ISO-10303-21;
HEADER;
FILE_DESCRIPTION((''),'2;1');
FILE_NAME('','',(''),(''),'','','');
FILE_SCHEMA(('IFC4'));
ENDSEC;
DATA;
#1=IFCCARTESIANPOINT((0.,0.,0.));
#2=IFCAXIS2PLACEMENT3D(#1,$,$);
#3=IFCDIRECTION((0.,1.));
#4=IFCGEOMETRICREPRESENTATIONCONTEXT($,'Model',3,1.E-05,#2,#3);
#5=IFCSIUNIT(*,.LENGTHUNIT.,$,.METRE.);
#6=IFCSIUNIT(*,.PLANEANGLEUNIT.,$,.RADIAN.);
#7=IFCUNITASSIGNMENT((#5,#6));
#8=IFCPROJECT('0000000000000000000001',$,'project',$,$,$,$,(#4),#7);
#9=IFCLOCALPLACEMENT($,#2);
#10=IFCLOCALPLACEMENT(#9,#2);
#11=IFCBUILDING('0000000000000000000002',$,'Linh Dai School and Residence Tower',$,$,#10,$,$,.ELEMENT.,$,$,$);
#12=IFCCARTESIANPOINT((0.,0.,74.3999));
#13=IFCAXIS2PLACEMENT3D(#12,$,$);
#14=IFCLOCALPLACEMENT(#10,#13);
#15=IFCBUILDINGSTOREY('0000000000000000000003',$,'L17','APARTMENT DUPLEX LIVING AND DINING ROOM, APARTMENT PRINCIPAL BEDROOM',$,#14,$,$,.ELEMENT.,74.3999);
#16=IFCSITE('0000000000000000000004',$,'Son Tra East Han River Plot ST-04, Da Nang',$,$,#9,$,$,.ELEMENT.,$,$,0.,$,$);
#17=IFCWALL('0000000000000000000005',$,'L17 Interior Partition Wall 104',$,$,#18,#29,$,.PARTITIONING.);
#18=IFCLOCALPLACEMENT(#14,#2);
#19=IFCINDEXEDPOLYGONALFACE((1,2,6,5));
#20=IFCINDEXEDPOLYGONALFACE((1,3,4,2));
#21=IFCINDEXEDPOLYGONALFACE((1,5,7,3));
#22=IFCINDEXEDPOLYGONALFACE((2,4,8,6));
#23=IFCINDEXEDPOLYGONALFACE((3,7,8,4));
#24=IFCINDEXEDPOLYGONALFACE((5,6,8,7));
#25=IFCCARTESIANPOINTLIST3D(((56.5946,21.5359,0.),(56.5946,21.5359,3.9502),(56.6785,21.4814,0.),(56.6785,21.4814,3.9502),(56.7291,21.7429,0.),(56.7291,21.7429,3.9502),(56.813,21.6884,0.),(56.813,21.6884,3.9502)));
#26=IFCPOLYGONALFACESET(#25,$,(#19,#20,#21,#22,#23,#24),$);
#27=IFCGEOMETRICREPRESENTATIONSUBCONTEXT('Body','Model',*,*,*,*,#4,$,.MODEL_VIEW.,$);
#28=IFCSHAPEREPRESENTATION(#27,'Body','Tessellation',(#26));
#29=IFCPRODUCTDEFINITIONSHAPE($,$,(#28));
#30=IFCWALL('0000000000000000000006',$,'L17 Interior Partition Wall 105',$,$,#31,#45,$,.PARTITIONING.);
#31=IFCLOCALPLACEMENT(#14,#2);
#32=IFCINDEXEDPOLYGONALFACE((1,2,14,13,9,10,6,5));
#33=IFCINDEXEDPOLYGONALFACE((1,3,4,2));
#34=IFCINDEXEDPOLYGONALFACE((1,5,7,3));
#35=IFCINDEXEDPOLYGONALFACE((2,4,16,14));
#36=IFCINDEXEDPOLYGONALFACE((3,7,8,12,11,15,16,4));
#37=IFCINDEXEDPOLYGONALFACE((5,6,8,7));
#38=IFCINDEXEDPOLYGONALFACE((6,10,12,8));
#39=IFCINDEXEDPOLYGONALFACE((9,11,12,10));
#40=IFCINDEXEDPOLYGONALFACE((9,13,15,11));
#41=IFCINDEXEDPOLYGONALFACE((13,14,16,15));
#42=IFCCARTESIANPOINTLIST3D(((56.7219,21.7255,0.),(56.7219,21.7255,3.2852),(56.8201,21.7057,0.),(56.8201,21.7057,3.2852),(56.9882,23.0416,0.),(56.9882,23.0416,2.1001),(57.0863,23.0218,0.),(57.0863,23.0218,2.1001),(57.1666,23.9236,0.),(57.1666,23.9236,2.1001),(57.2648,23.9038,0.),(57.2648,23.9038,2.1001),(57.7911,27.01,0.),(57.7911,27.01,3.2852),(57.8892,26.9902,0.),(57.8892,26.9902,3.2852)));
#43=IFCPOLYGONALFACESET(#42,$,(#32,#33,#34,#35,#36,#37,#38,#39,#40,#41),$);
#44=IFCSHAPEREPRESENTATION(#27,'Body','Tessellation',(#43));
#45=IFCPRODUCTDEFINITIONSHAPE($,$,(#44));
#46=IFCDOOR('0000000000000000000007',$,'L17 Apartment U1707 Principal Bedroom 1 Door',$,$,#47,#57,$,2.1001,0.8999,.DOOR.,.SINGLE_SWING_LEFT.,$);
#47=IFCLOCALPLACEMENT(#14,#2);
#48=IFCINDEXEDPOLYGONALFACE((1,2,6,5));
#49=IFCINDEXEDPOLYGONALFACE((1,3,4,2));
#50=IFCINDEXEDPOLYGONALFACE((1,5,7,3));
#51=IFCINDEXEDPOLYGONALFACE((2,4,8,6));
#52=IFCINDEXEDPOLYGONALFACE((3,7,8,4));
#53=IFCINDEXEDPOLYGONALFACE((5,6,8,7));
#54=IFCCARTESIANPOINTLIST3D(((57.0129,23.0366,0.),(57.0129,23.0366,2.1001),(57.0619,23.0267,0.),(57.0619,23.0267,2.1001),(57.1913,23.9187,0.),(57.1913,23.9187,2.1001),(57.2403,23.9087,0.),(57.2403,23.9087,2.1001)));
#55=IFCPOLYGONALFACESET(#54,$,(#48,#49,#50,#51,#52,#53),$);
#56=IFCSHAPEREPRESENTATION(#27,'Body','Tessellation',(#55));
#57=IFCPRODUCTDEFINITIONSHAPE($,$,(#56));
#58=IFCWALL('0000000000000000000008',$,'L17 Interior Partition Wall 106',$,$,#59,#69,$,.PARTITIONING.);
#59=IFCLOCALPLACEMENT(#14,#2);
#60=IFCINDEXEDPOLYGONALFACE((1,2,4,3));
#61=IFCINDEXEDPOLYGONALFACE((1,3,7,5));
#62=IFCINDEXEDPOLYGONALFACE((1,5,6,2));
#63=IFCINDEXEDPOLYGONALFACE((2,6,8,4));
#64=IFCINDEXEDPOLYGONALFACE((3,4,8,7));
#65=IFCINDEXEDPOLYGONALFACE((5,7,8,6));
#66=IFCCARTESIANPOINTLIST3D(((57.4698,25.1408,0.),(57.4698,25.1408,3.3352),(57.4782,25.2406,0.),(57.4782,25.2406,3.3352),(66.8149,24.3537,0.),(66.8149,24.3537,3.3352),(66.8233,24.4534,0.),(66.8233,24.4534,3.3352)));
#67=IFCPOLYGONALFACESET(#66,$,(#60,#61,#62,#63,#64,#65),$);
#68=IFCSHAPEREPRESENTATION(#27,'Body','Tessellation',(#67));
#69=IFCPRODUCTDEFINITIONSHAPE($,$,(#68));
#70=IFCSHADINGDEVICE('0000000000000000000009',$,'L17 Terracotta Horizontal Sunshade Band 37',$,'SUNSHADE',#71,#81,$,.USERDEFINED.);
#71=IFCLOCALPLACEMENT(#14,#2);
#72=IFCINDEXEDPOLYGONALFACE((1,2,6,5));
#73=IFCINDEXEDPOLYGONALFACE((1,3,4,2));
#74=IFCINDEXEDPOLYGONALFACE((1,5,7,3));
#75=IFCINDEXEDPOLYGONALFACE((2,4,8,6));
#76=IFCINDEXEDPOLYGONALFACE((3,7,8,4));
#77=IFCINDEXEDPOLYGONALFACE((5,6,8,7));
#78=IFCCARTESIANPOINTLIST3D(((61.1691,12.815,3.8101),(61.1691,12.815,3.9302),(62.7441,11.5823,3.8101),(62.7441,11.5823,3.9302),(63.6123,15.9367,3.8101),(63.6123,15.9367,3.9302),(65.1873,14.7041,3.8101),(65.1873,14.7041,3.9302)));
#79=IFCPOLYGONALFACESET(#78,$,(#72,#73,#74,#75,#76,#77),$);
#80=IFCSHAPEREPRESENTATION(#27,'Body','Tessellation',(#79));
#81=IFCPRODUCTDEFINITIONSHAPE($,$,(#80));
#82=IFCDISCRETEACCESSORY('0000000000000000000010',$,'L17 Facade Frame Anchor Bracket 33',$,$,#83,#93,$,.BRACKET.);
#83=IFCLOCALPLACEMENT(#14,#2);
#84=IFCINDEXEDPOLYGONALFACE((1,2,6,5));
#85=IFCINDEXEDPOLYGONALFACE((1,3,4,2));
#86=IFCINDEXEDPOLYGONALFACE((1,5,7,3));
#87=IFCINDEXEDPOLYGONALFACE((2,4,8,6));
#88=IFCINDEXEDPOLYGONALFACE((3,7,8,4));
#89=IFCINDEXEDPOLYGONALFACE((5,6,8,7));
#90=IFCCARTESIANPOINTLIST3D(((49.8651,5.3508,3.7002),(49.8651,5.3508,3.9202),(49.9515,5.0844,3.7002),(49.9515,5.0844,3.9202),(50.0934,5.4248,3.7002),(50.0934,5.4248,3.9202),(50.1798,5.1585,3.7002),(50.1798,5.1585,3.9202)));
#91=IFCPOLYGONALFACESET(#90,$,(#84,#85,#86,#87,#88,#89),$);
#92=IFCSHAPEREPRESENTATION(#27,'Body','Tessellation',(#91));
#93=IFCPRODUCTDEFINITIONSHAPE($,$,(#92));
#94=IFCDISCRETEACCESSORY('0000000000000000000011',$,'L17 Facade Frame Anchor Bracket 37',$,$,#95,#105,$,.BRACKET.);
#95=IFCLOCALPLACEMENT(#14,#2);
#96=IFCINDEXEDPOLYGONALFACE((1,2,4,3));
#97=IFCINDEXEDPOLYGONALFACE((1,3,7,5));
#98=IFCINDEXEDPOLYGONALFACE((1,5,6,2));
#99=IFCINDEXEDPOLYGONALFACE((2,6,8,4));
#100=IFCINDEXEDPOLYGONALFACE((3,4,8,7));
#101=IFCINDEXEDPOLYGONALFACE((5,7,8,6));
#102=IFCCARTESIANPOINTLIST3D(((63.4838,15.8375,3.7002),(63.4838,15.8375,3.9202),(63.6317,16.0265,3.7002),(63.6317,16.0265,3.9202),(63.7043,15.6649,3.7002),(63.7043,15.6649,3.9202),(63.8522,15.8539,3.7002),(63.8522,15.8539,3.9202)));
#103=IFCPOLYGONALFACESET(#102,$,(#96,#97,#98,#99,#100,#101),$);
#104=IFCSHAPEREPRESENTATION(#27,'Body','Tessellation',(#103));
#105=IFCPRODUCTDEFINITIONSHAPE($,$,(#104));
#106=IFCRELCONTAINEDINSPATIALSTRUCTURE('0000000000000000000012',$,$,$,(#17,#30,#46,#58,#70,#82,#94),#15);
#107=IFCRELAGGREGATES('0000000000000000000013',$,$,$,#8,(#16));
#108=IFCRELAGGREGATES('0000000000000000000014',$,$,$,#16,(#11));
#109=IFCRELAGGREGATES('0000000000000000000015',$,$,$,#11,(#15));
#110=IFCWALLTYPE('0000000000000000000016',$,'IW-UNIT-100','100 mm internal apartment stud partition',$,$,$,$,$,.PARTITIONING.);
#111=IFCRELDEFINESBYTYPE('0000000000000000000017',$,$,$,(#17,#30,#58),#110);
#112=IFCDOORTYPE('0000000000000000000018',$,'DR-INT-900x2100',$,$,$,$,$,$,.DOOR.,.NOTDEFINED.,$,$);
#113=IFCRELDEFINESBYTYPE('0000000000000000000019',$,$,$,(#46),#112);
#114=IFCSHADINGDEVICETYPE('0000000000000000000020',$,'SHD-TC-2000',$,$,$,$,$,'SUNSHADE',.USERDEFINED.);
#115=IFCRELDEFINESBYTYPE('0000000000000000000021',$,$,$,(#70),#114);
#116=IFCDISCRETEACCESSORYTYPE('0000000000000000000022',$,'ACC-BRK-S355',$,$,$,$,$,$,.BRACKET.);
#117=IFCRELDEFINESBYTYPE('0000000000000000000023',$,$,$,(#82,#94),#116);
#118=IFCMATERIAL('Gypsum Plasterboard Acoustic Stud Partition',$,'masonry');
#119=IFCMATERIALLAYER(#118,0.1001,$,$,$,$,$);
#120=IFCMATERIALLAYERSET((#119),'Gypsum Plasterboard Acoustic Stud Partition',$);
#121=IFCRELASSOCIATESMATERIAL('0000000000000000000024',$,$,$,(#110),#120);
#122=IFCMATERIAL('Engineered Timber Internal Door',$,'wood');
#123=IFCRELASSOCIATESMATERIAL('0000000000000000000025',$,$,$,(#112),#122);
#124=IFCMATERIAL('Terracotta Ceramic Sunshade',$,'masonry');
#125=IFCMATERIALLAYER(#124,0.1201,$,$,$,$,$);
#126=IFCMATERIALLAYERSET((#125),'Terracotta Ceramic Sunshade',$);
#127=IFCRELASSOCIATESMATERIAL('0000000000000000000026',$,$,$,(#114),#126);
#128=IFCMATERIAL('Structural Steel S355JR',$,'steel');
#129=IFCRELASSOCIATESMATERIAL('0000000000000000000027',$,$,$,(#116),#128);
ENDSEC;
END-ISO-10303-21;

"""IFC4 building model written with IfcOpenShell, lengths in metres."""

from ifc_helpers import new_model, si_unit, direction, frame, frame_2d, origin, origin_2d, place, context, subcontext, project, spatial, rectangle, extrude, source, transform, mapped, material, layer, layer_set, type_object, element, fill, save


model = new_model("IFC4")

# Units and contexts
model_context = context("Model", 3, precision=1e-05, world=origin(), true_north=direction((0.0, 1.0)))
body_context = subcontext(model_context, "Body", "Model", "MODEL_VIEW")
ifc_project = project(units=[si_unit("LENGTHUNIT", "METRE"), si_unit("PLANEANGLEUNIT", "RADIAN")], contexts=[model_context])

# Site, building, storey
site_placement = place(None, origin())
site = spatial("IfcSite", under=ifc_project, at=site_placement, Name="Son Tra East Han River Plot ST-04, Da Nang", CompositionType="ELEMENT", RefElevation=0.0)
building_placement = place(site_placement, origin())
building = spatial("IfcBuilding", under=site, at=building_placement, Name="Linh Dai School and Residence Tower", CompositionType="ELEMENT")
storey_placement = place(building_placement, frame((0.0, 0.0, 74.3999)))
storey = spatial("IfcBuildingStorey", under=building, at=storey_placement, Name="L17", Description="APARTMENT DUPLEX LIVING AND DINING ROOM, APARTMENT PRINCIPAL BEDROOM", CompositionType="ELEMENT", Elevation=74.3999)

# Shared definitions
ifc_material_1 = material(Name="Structural Steel S355JR", Category="steel")

# Shared definitions
ifc_material_2 = material(Name="Gypsum Plasterboard Acoustic Stud Partition", Category="masonry")
ifc_layer_1 = layer(ifc_material_2, 0.1001)
ifc_layer_set_1 = layer_set([ifc_layer_1], Name="Gypsum Plasterboard Acoustic Stud Partition")
wall_type_1 = type_object("IfcWallType", Name="IW-UNIT-100", Description="100 mm internal apartment stud partition", PredefinedType="PARTITIONING", material=ifc_layer_set_1)

# Shared definitions
ifc_material_3 = material(Name="Engineered Timber Internal Door", Category="wood")
door_type = type_object("IfcDoorType", Name="DR-INT-900x2100", OperationType="NOTDEFINED", PredefinedType="DOOR", material=ifc_material_3)
shared_shape_1 = source(origin(), body_context, "Body", "SweptSolid", [
    extrude(rectangle(XDim=0.8999, YDim=2.1001, at=origin_2d()), frame((0.45, 0.0249, 1.05), z_axis=(0.0, -1.0, 0.0), x_axis=(1.0, 0.0, 0.0)), (0.0, 0.0, 1.0), 0.05),
])

# Wall
wall_1_placement = place(storey_placement, frame((56.6365, 21.5085, 0.0), z_axis=(0.0, 0.0, 1.0), x_axis=(0.544849, 0.838534, 0.0)))
element("IfcWall", 1, at=wall_1_placement, inside=storey, type_object=wall_type_1, Name="L17 Interior Partition Wall 104", PredefinedType="PARTITIONING", context=body_context, shape_type="SweptSolid", body=[
    extrude(rectangle(XDim=0.2468, YDim=0.1001, at=frame_2d((0.1235, 0.0))), origin(), (0.0, 0.0, 1.0), 3.9502),
])

# Wall, opening, door
wall_2_placement = place(storey_placement, frame((56.771, 21.7156, 0.0), z_axis=(0.0, 0.0, 1.0), x_axis=(0.198293, 0.980143, 0.0)))
wall_2 = element("IfcWall", 2, at=wall_2_placement, inside=storey, type_object=wall_type_1, Name="L17 Interior Partition Wall 105", PredefinedType="PARTITIONING", context=body_context, shape_type="SweptSolid", body=[
    extrude(rectangle(XDim=5.3916, YDim=0.1001, at=frame_2d((2.6958, 0.0))), origin(), (0.0, 0.0, 1.0), 3.2852),
])
opening_1_placement = place(wall_2_placement, frame((1.3428, 0.0, 0.0)))
opening_1 = element("IfcOpeningElement", 3, at=opening_1_placement, cuts=wall_2, PredefinedType="OPENING", context=body_context, shape_type="SweptSolid", body=[
    extrude(rectangle(XDim=0.8999, YDim=2.1001, at=origin_2d()), frame((0.45, 0.0601, 1.05), z_axis=(0.0, -1.0, 0.0), x_axis=(1.0, 0.0, 0.0)), (0.0, 0.0, 1.0), 0.1201),
])
door_1_placement = place(opening_1_placement, origin())
door_1 = element("IfcDoor", 4, at=door_1_placement, inside=storey, type_object=door_type, Name="L17 Apartment U1707 Principal Bedroom 1 Door", OperationType="SINGLE_SWING_LEFT", OverallHeight=2.1001, OverallWidth=0.8999, PredefinedType="DOOR", context=body_context, shape_type="MappedRepresentation", body=[
    mapped(shared_shape_1, transform((0.0, 0.0, 0.0), x_axis=(1.0, 0.0, 0.0), y_axis=(0.0, 1.0, 0.0), z_axis=(0.0, 0.0, 1.0), scale=1.0)),
])
fill(opening_1, door_1)

# Wall
wall_3_placement = place(storey_placement, frame((57.4741, 25.1907, 0.0), z_axis=(0.0, 0.0, 1.0), x_axis=(0.996472, -0.083931, 0.0)))
element("IfcWall", 5, at=wall_3_placement, inside=storey, type_object=wall_type_1, Name="L17 Interior Partition Wall 106", PredefinedType="PARTITIONING", context=body_context, shape_type="SweptSolid", body=[
    extrude(rectangle(XDim=9.3782, YDim=0.1001, at=frame_2d((4.689, 0.0))), origin(), (0.0, 0.0, 1.0), 3.3352),
])

# Shading device
ifc_material_4 = material(Name="Terracotta Ceramic Sunshade", Category="masonry")
ifc_layer_2 = layer(ifc_material_4, 0.1201)
ifc_layer_set_2 = layer_set([ifc_layer_2], Name="Terracotta Ceramic Sunshade")
shading_device_type = type_object("IfcShadingDeviceType", Name="SHD-TC-2000", ElementType="SUNSHADE", PredefinedType="USERDEFINED", material=ifc_layer_set_2)
shared_shape_2 = source(origin(), body_context, "Body", "SweptSolid", [
    extrude(rectangle(XDim=3.9641, YDim=2.0, at=origin_2d()), origin(), (0.0, 0.0, 1.0), 0.1201),
])
shading_device_placement = place(storey_placement, frame((63.1782, 13.7595, 3.8101), z_axis=(0.0, 0.0, 1.0), x_axis=(-0.616319, -0.787496, 0.0)))
element("IfcShadingDevice", 6, at=shading_device_placement, inside=storey, type_object=shading_device_type, Name="L17 Terracotta Horizontal Sunshade Band 37", ObjectType="SUNSHADE", PredefinedType="USERDEFINED", context=body_context, shape_type="MappedRepresentation", body=[
    mapped(shared_shape_2, transform((0.0, 0.0, 0.0), x_axis=(1.0, 0.0, 0.0), y_axis=(0.0, 1.0, 0.0), z_axis=(0.0, 0.0, 1.0), scale=1.0)),
])

# Discrete accessories
discrete_accessory_type = type_object("IfcDiscreteAccessoryType", Name="ACC-BRK-S355", PredefinedType="BRACKET", material=ifc_material_1)
shared_shape_3 = source(origin(), body_context, "Body", "SweptSolid", [
    extrude(rectangle(XDim=0.28, YDim=0.24, at=origin_2d()), origin(), (0.0, 0.0, 1.0), 0.22),
])
for number, where, z_axis, x_axis, name in (
    (7, (50.0225, 5.2546, 3.7002), (0.0, 0.0, 1.0), (0.308511, -0.951221, 0.0), "L17 Facade Frame Anchor Bracket 33"),
    (8, (63.668, 15.8457, 3.7002), (0.0, 0.0, 1.0), (0.787496, -0.616319, 0.0), "L17 Facade Frame Anchor Bracket 37"),
):
    element("IfcDiscreteAccessory", number, at=place(storey_placement, frame(where, z_axis=z_axis, x_axis=x_axis)), inside=storey, type_object=discrete_accessory_type, Name=name, PredefinedType="BRACKET", context=body_context, shape_type="MappedRepresentation", body=[
        mapped(shared_shape_3, transform((0.0, 0.0, 0.0), x_axis=(1.0, 0.0, 0.0), y_axis=(0.0, 1.0, 0.0), z_axis=(0.0, 0.0, 1.0), scale=1.0)),
    ])

save(model, "model.ifc")
